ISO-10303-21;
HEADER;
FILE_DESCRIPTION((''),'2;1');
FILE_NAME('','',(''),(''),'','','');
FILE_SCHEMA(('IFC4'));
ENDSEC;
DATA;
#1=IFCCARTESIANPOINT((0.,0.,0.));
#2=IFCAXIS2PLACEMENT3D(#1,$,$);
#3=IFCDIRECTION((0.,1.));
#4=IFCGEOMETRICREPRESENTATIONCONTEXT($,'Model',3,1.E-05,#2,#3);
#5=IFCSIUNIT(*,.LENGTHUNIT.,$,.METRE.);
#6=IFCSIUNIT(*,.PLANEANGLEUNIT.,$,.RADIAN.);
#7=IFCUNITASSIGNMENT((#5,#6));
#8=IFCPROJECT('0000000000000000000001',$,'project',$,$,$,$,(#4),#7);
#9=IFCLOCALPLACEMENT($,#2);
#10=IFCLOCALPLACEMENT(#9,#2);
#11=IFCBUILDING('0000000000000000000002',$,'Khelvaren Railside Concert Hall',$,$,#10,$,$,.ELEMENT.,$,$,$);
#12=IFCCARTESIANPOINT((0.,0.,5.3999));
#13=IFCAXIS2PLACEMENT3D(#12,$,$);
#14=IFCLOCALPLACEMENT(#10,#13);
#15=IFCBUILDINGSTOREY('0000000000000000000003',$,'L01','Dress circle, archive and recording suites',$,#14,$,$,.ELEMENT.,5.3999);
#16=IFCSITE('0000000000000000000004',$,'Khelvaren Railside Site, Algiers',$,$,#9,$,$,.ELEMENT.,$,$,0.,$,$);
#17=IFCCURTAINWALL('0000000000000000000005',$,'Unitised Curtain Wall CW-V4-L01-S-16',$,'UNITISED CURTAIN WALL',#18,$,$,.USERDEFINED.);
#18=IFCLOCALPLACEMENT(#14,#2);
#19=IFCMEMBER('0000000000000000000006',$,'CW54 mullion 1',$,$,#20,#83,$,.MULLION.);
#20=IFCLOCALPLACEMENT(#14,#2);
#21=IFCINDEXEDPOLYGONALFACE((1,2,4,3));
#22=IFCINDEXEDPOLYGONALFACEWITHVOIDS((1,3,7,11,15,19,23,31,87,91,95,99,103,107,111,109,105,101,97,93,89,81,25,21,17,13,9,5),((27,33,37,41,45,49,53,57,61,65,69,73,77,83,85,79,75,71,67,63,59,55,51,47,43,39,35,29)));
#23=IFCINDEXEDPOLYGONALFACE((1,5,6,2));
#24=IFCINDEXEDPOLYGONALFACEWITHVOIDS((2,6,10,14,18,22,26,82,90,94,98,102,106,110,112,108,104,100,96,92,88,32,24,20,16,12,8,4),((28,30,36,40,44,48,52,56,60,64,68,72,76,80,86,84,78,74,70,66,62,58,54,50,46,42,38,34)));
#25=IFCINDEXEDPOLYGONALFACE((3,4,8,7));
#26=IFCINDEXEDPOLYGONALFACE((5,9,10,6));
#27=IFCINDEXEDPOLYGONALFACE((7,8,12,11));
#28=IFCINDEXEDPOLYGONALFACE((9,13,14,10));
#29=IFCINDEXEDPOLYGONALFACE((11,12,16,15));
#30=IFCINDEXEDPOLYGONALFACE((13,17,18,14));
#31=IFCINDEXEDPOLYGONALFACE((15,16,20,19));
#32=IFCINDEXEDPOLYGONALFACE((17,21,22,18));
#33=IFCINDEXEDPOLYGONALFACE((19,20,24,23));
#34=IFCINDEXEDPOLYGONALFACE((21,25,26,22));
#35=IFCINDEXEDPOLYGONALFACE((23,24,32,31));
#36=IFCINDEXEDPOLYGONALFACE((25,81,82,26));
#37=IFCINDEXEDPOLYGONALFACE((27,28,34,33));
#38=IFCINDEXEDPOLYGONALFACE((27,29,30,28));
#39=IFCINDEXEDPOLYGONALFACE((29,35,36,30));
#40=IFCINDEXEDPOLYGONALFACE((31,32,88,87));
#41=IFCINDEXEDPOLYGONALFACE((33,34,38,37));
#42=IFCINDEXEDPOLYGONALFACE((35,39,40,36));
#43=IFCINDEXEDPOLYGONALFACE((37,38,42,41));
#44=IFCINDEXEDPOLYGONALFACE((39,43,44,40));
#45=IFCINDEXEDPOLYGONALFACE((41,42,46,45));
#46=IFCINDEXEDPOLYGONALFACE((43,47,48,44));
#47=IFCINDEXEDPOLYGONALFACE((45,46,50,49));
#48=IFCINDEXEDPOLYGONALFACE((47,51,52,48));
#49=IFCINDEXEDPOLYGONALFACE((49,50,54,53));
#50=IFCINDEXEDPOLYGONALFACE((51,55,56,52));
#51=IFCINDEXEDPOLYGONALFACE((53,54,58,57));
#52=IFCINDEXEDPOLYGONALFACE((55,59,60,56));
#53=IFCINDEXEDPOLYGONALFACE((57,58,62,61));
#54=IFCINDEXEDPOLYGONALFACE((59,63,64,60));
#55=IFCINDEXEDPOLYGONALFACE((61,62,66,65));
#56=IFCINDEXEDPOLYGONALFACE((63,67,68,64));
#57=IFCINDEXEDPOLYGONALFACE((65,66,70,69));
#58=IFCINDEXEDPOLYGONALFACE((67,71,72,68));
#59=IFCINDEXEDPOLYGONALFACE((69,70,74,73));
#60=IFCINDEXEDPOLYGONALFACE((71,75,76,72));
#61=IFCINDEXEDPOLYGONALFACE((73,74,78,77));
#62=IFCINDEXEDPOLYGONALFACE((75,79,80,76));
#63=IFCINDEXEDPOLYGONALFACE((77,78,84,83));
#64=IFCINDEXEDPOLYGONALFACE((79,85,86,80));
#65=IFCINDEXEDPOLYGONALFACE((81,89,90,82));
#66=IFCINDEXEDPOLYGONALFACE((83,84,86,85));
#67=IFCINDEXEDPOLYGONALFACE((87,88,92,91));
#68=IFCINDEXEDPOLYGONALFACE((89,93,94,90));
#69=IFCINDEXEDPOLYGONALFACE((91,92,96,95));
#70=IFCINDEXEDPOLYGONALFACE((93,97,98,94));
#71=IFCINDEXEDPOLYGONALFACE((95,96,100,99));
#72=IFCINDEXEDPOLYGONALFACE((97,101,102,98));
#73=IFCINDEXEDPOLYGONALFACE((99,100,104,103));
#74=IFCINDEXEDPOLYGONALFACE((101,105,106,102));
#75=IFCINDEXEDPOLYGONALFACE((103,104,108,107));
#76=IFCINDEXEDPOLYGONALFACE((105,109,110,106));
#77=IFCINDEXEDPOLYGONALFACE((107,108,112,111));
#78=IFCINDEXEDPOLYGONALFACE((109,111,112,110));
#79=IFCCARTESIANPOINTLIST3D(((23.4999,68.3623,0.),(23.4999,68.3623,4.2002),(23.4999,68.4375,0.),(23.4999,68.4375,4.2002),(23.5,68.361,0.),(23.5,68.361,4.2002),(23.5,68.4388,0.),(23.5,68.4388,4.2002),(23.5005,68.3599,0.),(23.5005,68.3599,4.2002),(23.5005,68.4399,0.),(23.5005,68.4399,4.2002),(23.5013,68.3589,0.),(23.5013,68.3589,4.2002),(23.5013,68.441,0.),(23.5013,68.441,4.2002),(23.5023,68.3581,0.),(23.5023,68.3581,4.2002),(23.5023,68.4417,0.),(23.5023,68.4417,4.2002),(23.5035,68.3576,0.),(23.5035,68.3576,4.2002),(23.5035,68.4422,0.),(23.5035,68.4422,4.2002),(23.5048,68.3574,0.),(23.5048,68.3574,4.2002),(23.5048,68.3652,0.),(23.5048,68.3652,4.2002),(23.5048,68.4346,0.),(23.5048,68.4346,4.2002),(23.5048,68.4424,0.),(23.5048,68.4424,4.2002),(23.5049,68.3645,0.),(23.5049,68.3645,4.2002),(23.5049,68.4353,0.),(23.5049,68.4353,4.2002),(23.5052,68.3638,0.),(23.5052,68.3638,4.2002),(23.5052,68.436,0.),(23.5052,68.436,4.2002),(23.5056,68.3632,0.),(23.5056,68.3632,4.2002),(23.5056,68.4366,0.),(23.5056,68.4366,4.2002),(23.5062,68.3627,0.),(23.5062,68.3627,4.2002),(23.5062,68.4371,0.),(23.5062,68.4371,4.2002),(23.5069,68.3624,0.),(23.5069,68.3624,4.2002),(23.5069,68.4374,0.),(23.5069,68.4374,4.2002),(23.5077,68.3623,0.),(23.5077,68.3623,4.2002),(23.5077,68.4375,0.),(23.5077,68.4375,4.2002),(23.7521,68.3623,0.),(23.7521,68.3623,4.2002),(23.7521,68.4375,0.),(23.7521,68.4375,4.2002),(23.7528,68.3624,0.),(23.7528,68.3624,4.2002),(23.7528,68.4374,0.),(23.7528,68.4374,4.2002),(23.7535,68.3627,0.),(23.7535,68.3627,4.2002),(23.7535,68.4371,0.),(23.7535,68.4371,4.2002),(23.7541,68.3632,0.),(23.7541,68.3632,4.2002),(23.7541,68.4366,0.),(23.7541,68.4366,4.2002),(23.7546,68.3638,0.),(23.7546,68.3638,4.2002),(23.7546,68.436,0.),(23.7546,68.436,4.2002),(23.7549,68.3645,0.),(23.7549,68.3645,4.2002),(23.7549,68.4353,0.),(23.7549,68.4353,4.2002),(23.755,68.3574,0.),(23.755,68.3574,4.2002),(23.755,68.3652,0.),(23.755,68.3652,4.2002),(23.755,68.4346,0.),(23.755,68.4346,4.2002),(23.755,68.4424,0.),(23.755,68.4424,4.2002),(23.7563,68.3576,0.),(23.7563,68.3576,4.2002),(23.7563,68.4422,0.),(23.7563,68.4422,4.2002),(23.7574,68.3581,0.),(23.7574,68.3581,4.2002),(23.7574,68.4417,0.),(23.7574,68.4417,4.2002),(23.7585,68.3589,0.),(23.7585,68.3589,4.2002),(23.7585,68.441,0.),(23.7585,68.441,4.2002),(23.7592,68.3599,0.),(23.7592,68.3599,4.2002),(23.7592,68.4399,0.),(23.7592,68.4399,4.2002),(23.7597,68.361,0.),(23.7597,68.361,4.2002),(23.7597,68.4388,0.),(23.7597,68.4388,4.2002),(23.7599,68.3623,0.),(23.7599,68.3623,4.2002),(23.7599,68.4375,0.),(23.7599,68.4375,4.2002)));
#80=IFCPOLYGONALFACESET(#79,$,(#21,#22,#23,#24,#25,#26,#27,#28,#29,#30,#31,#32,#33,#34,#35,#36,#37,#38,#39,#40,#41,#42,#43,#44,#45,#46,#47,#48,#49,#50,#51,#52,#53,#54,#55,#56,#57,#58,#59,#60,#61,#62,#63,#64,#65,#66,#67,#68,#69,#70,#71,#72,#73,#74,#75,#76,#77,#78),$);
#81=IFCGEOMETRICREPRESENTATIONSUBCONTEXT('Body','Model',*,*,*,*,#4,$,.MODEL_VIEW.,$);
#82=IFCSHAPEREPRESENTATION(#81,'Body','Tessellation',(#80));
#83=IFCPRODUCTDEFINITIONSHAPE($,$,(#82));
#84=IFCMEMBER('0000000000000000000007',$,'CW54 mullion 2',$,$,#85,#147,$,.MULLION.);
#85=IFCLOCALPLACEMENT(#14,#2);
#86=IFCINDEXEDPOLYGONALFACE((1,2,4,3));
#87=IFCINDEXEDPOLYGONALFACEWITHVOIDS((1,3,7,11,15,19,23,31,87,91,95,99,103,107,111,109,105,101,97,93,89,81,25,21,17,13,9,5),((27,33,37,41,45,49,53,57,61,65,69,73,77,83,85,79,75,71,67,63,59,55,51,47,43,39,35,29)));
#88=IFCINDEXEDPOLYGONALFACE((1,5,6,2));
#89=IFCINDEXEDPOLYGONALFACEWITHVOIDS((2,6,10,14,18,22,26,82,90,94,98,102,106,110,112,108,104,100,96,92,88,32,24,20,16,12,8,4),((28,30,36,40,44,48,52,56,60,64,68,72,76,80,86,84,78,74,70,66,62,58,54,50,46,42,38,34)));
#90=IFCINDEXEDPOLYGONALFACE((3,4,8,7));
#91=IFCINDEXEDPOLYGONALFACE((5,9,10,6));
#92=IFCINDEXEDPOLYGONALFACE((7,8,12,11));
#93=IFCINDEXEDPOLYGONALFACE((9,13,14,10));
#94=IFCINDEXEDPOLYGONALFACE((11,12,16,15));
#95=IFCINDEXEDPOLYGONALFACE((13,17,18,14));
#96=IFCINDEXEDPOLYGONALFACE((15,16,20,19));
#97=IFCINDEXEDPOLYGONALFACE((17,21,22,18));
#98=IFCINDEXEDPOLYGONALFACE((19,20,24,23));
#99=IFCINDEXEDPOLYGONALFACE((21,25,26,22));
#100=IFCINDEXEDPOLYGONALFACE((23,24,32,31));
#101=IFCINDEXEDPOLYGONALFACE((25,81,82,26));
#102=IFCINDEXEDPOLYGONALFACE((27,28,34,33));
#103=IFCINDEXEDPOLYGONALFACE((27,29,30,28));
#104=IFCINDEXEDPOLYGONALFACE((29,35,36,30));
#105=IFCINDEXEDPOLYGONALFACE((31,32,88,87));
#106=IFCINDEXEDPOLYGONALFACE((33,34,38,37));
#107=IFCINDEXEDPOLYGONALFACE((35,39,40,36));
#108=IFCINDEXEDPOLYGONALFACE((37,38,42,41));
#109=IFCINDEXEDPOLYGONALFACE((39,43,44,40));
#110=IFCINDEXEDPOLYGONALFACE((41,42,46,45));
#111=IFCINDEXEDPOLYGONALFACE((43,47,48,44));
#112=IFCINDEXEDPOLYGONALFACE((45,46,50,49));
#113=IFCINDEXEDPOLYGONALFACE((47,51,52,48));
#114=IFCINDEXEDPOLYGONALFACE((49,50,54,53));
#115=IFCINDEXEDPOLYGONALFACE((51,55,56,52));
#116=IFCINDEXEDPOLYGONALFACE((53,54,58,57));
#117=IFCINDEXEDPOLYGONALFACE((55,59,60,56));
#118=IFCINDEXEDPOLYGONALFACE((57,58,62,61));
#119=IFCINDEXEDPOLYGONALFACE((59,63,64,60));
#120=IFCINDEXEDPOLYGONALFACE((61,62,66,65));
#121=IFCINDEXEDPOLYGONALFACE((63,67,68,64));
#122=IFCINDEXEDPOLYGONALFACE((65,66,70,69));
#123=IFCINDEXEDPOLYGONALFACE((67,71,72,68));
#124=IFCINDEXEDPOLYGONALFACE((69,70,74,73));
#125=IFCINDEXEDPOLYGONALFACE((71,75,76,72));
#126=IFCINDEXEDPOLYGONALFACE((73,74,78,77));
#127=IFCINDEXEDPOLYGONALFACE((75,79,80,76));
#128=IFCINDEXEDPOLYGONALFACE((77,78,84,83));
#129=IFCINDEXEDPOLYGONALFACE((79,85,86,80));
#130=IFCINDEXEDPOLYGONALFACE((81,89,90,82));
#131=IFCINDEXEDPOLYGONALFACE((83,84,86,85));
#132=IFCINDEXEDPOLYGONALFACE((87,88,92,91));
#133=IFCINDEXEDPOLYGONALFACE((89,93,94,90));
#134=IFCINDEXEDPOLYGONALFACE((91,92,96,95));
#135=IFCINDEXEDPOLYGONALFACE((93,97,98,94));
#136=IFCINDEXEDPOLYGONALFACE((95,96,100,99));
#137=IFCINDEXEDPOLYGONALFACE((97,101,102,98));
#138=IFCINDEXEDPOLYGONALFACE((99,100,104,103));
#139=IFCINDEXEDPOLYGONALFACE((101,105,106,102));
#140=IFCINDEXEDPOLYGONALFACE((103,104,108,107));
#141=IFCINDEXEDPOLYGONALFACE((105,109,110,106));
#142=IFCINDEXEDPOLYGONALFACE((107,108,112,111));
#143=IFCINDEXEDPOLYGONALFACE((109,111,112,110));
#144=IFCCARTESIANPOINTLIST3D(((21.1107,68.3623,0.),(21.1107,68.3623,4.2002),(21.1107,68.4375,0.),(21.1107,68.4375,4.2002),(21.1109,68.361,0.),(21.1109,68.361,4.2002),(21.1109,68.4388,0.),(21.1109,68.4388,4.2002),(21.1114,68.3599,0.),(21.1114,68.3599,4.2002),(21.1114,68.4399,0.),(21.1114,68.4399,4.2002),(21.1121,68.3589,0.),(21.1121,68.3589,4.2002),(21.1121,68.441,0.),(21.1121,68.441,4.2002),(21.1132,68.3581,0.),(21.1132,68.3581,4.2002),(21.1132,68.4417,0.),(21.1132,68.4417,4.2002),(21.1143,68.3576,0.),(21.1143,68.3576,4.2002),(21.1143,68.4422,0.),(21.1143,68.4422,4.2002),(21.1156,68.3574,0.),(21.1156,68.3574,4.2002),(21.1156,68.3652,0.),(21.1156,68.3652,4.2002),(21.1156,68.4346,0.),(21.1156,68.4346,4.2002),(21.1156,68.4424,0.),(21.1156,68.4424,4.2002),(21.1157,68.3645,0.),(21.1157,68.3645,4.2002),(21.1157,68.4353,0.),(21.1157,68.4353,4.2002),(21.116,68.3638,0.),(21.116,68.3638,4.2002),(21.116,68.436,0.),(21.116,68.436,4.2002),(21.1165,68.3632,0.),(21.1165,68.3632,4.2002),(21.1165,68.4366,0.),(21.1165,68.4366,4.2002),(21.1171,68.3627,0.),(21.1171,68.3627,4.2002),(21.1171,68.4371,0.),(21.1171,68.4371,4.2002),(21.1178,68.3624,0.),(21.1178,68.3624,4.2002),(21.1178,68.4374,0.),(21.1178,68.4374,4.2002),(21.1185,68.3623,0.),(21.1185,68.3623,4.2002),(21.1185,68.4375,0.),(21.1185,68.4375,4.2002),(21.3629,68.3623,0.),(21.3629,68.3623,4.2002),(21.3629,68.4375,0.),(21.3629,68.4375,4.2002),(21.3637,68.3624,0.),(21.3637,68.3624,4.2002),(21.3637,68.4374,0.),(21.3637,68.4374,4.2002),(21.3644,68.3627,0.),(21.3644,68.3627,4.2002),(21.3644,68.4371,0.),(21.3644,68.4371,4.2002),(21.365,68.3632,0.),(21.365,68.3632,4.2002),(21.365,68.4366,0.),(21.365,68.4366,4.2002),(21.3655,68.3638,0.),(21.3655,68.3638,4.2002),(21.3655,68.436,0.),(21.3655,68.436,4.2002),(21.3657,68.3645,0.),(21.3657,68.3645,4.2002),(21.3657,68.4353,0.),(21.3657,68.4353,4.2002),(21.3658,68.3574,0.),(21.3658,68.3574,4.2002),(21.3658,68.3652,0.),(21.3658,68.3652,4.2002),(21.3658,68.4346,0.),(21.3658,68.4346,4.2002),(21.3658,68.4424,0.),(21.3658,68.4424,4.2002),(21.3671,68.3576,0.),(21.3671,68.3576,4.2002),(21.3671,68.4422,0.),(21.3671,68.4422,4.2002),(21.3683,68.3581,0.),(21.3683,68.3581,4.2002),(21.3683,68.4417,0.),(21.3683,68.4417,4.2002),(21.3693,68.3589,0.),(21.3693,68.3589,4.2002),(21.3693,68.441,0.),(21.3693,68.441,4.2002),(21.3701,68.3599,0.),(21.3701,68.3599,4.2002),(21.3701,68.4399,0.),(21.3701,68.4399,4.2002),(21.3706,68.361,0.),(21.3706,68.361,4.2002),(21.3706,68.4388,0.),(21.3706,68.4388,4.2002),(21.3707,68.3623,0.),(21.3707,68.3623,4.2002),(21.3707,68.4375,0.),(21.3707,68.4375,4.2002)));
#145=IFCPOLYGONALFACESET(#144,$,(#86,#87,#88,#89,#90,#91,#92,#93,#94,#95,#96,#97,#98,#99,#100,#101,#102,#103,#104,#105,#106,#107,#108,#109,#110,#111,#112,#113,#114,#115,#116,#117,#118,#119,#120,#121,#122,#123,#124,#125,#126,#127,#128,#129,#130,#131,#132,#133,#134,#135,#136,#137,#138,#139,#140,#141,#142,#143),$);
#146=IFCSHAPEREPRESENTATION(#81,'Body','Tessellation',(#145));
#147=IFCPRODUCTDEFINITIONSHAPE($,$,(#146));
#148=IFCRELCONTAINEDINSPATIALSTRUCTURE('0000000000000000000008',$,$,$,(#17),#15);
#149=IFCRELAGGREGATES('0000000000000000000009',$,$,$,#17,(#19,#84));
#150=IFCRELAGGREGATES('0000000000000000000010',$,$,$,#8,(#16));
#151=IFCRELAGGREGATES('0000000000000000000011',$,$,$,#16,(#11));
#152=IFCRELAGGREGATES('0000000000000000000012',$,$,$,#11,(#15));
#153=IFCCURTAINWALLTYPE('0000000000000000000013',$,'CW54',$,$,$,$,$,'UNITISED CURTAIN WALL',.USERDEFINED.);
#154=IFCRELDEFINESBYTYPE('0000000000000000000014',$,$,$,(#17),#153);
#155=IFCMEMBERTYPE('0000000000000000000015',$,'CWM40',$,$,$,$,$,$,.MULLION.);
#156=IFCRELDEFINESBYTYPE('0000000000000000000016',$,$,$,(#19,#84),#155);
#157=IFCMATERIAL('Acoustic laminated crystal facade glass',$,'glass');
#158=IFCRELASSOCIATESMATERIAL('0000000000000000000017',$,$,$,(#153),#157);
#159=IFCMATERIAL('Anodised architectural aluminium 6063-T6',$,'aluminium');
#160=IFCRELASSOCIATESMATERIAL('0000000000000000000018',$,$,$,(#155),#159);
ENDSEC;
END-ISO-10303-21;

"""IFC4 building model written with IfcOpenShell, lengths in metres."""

from ifc_helpers import new_model, si_unit, direction, frame, origin, origin_2d, place, context, subcontext, project, spatial, hollow_rectangle, extrude, material, material_profile, profile_set, type_object, element, aggregate, save


model = new_model("IFC4")

# Units and contexts
model_context = context("Model", 3, precision=1e-05, world=origin(), true_north=direction((0.0, 1.0)))
body_context = subcontext(model_context, "Body", "Model", "MODEL_VIEW")
ifc_project = project(units=[si_unit("LENGTHUNIT", "METRE"), si_unit("PLANEANGLEUNIT", "RADIAN")], contexts=[model_context])

# Site, building, storey
site_placement = place(None, origin())
site = spatial("IfcSite", under=ifc_project, at=site_placement, Name="Khelvaren Railside Site, Algiers", CompositionType="ELEMENT", RefElevation=0.0)
building_placement = place(site_placement, origin())
building = spatial("IfcBuilding", under=site, at=building_placement, Name="Khelvaren Railside Concert Hall", CompositionType="ELEMENT")
storey_placement = place(building_placement, frame((0.0, 0.0, 5.3999)))
storey = spatial("IfcBuildingStorey", under=building, at=storey_placement, Name="L01", Description="Dress circle, archive and recording suites", CompositionType="ELEMENT", Elevation=5.3999)

# Curtain wall, members
ifc_material_1 = material(Name="Acoustic laminated crystal facade glass", Category="glass")
curtain_wall_type_1 = type_object("IfcCurtainWallType", Name="CW54", ElementType="UNITISED CURTAIN WALL", PredefinedType="USERDEFINED", material=ifc_material_1)
curtain_wall_1_placement = place(storey_placement, origin())
curtain_wall_1 = element("IfcCurtainWall", 1, at=curtain_wall_1_placement, inside=storey, type_object=curtain_wall_type_1, Name="Unitised Curtain Wall CW-V4-L01-S-16", ObjectType="UNITISED CURTAIN WALL", PredefinedType="USERDEFINED")
ifc_material_2 = material(Name="Anodised architectural aluminium 6063-T6", Category="aluminium")
ifc_material_profile_1 = material_profile(ifc_material_2, hollow_rectangle(XDim=0.085, YDim=0.26, WallThickness=0.0049, InnerFilletRadius=0.0029, OuterFilletRadius=0.0049, at=origin_2d()), Name="CWM 85x260x5")
ifc_profile_set_1 = profile_set([ifc_material_profile_1], Name="Anodised architectural aluminium 6063-T6")
member_type_1 = type_object("IfcMemberType", Name="CWM40", PredefinedType="MULLION", material=ifc_profile_set_1)
member_1_placement = place(storey_placement, frame((23.6299, 68.3999, 0.0), z_axis=(0.0, 0.0, 1.0), x_axis=(0.0, -1.0, 0.0)))
member_1 = element("IfcMember", 2, at=member_1_placement, type_object=member_type_1, Name="CW54 mullion 1", PredefinedType="MULLION", context=body_context, shape_type="SweptSolid", body=[
    extrude(hollow_rectangle(XDim=0.085, YDim=0.26, WallThickness=0.0049, InnerFilletRadius=0.0029, OuterFilletRadius=0.0049, at=origin_2d()), origin(), (0.0, 0.0, 1.0), 4.2002),
])
member_2_placement = place(storey_placement, frame((21.2407, 68.3999, 0.0), z_axis=(0.0, 0.0, 1.0), x_axis=(0.0, -1.0, 0.0)))
member_2 = element("IfcMember", 3, at=member_2_placement, type_object=member_type_1, Name="CW54 mullion 2", PredefinedType="MULLION", context=body_context, shape_type="SweptSolid", body=[
    extrude(hollow_rectangle(XDim=0.085, YDim=0.26, WallThickness=0.0049, InnerFilletRadius=0.0029, OuterFilletRadius=0.0049, at=origin_2d()), origin(), (0.0, 0.0, 1.0), 4.2002),
])

aggregate(curtain_wall_1, [member_1, member_2])

save(model, "model.ifc")
